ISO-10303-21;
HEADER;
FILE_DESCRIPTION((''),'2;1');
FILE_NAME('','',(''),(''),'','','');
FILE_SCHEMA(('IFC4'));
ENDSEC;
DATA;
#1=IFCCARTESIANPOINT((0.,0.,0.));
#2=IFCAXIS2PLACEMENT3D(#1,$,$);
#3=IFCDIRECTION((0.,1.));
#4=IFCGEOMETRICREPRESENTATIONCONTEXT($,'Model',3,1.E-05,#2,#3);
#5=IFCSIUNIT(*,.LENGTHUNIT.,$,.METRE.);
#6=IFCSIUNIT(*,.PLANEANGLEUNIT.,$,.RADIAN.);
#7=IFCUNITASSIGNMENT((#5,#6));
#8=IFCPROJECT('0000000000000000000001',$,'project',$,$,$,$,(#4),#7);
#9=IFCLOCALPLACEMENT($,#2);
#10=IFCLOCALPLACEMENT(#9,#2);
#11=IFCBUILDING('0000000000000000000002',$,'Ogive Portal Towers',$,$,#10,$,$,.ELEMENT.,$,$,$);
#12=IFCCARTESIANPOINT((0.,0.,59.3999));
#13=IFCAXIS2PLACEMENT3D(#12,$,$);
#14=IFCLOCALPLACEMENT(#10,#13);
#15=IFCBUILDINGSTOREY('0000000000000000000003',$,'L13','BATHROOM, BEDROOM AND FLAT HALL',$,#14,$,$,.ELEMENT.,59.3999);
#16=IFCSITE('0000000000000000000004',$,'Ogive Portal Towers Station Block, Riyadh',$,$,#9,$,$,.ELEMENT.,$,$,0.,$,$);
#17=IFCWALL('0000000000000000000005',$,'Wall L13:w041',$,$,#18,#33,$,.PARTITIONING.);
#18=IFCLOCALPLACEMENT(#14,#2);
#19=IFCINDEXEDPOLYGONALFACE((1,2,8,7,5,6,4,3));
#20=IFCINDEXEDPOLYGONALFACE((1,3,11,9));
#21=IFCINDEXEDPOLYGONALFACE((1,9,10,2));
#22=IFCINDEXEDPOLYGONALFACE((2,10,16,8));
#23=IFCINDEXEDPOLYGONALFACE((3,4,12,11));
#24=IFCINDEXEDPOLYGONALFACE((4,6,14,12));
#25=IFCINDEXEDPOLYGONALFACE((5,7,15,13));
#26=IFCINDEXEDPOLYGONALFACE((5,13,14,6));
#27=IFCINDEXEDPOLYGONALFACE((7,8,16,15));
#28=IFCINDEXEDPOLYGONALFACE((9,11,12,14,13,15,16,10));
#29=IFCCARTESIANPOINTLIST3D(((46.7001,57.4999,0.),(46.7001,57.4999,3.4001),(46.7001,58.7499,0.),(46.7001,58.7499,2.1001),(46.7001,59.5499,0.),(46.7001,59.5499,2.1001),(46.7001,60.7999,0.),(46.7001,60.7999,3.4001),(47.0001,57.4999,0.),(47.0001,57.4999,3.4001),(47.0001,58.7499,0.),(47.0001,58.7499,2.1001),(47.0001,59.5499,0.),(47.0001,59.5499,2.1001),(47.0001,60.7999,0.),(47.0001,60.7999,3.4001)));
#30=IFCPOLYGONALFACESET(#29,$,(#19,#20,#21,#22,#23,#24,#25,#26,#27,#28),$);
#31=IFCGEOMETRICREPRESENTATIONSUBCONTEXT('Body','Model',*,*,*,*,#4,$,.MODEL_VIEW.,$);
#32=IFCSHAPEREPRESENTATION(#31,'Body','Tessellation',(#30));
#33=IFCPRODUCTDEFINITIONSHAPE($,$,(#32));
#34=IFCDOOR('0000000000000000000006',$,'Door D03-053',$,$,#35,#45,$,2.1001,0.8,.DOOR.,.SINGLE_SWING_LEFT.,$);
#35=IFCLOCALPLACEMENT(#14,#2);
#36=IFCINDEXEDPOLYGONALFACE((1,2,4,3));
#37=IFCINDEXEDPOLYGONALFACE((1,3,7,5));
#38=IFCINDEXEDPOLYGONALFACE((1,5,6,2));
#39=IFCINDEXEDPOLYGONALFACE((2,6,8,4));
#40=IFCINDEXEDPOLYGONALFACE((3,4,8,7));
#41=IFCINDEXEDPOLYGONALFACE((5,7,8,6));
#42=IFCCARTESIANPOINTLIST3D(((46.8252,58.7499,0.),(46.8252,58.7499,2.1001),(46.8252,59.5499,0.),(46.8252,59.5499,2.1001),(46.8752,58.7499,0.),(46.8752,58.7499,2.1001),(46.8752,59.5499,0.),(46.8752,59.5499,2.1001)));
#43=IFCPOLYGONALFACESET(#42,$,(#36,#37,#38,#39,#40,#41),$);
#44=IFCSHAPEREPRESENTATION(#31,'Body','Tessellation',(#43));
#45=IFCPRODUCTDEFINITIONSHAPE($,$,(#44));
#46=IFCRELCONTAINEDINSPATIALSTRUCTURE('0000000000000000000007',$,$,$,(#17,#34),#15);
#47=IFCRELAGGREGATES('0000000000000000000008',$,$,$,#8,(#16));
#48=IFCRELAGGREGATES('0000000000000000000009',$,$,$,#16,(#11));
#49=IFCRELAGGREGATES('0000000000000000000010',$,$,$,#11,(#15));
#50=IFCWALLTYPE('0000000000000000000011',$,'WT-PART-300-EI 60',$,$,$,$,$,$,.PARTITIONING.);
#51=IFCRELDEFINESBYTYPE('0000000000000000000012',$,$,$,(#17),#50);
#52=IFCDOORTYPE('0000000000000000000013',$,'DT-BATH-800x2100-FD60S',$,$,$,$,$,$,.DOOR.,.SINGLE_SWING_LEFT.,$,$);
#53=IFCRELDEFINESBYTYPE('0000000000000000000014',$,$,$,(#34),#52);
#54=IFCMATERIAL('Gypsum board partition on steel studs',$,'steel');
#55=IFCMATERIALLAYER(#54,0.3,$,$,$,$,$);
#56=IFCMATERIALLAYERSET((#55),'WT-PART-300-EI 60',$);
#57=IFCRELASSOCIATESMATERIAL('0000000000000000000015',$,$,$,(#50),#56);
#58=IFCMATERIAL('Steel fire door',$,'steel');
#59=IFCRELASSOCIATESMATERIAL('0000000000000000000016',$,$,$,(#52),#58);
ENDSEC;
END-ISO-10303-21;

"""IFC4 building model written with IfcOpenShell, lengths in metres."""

from ifc_helpers import new_model, si_unit, direction, frame, frame_2d, origin, place, context, subcontext, project, spatial, rectangle, extrude, material, layer, layer_set, type_object, element, fill, save


model = new_model("IFC4")

# Units and contexts
model_context = context("Model", 3, precision=1e-05, world=origin(), true_north=direction((0.0, 1.0)))
body_context = subcontext(model_context, "Body", "Model", "MODEL_VIEW")
ifc_project = project(units=[si_unit("LENGTHUNIT", "METRE"), si_unit("PLANEANGLEUNIT", "RADIAN")], contexts=[model_context])

# Site, building, storey
site_placement = place(None, origin())
site = spatial("IfcSite", under=ifc_project, at=site_placement, Name="Ogive Portal Towers Station Block, Riyadh", CompositionType="ELEMENT", RefElevation=0.0)
building_placement = place(site_placement, origin())
building = spatial("IfcBuilding", under=site, at=building_placement, Name="Ogive Portal Towers", CompositionType="ELEMENT")
storey_placement = place(building_placement, frame((0.0, 0.0, 59.3999)))
storey = spatial("IfcBuildingStorey", under=building, at=storey_placement, Name="L13", Description="BATHROOM, BEDROOM AND FLAT HALL", CompositionType="ELEMENT", Elevation=59.3999)

# Wall, opening, door
ifc_material_1 = material(Name="Gypsum board partition on steel studs", Category="steel")
ifc_layer_1 = layer(ifc_material_1, 0.3)
ifc_layer_set_1 = layer_set([ifc_layer_1], Name="WT-PART-300-EI 60")
wall_type = type_object("IfcWallType", Name="WT-PART-300-EI 60", PredefinedType="PARTITIONING", material=ifc_layer_set_1)
ifc_material_2 = material(Name="Steel fire door", Category="steel")
door_type = type_object("IfcDoorType", Name="DT-BATH-800x2100-FD60S", OperationType="SINGLE_SWING_LEFT", PredefinedType="DOOR", material=ifc_material_2)
wall_1_placement = place(storey_placement, frame((46.8501, 57.5, 0.0), z_axis=(0.0, 0.0, 1.0), x_axis=(0.0, 1.0, 0.0)))
wall_1 = element("IfcWall", 1, at=wall_1_placement, inside=storey, type_object=wall_type, Name="Wall L13:w041", PredefinedType="PARTITIONING", context=body_context, shape_type="SweptSolid", body=[
    extrude(rectangle(XDim=3.3, YDim=0.3, at=frame_2d((1.6499, 0.0))), origin(), (0.0, 0.0, 1.0), 3.4001),
])
opening_1_placement = place(wall_1_placement, frame((1.25, 0.0, 0.0)))
opening_1 = element("IfcOpeningElement", 2, at=opening_1_placement, cuts=wall_1, PredefinedType="OPENING", context=body_context, shape_type="SweptSolid", body=[
    extrude(rectangle(XDim=0.8, YDim=2.1001, at=frame_2d((0.3999, 1.05))), frame((0.0, 0.1602, 0.0), z_axis=(0.0, -1.0, 0.0), x_axis=(1.0, 0.0, 0.0)), (0.0, 0.0, 1.0), 0.3201),
])
door_1_placement = place(opening_1_placement, origin())
door_1 = element("IfcDoor", 3, at=door_1_placement, inside=storey, type_object=door_type, Name="Door D03-053", OperationType="SINGLE_SWING_LEFT", OverallHeight=2.1001, OverallWidth=0.8, PredefinedType="DOOR", context=body_context, shape_type="SweptSolid", body=[
    extrude(rectangle(XDim=0.8, YDim=2.1001, at=frame_2d((0.3999, 1.05))), frame((0.0, 0.0249, 0.0), z_axis=(0.0, -1.0, 0.0), x_axis=(1.0, 0.0, 0.0)), (0.0, 0.0, 1.0), 0.05),
])
fill(opening_1, door_1)

save(model, "model.ifc")
